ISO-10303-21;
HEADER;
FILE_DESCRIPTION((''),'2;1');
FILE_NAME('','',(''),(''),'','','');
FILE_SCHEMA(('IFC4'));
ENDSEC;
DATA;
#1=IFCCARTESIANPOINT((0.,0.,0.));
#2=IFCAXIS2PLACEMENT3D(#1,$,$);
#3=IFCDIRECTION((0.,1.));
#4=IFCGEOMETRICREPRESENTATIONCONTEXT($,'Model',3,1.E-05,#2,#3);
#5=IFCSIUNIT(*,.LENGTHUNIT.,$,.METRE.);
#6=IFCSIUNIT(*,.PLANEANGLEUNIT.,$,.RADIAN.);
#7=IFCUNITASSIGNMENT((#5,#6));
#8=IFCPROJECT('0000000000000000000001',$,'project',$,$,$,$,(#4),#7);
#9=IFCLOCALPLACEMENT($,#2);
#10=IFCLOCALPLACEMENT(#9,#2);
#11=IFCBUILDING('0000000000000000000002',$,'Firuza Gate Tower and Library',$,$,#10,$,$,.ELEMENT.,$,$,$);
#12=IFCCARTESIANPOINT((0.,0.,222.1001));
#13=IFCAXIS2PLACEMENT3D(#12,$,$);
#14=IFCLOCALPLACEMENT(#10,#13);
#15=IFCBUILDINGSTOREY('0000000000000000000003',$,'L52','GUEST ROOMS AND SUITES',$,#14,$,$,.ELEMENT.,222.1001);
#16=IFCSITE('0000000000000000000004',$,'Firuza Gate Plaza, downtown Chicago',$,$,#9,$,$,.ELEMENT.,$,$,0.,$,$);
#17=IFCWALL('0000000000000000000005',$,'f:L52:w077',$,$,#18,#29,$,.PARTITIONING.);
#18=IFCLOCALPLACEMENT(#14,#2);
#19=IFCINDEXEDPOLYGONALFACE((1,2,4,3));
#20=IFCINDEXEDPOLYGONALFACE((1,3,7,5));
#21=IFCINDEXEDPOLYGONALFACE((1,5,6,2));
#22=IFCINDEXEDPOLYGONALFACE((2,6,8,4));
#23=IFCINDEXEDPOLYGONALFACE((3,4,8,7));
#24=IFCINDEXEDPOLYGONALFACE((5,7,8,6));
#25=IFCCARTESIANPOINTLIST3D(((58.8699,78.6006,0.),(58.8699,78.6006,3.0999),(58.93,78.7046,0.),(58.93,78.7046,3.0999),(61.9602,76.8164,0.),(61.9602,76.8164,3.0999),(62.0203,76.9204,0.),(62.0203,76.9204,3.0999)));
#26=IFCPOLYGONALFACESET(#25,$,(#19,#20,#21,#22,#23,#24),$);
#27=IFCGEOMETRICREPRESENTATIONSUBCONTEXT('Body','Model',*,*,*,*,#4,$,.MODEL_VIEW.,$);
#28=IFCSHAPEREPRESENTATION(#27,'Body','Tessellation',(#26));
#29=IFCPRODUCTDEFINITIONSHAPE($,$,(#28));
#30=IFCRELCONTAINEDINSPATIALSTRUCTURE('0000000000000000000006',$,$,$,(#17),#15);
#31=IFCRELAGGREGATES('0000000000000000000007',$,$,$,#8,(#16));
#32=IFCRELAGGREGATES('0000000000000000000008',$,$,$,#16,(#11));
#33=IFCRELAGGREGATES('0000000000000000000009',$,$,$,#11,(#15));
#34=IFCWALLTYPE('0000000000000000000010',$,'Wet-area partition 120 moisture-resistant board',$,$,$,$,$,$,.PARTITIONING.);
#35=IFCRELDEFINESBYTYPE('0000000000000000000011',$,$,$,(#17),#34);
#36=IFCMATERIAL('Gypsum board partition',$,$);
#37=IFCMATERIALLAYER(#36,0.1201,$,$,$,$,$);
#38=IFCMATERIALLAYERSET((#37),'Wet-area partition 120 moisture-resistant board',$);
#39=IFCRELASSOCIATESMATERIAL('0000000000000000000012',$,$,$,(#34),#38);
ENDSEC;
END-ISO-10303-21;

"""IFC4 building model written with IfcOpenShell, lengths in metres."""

from ifc_helpers import new_model, si_unit, direction, frame, frame_2d, origin, place, context, subcontext, project, spatial, rectangle, extrude, material, layer, layer_set, type_object, element, save


model = new_model("IFC4")

# Units and contexts
model_context = context("Model", 3, precision=1e-05, world=origin(), true_north=direction((0.0, 1.0)))
body_context = subcontext(model_context, "Body", "Model", "MODEL_VIEW")
ifc_project = project(units=[si_unit("LENGTHUNIT", "METRE"), si_unit("PLANEANGLEUNIT", "RADIAN")], contexts=[model_context])

# Site, building, storey
site_placement = place(None, origin())
site = spatial("IfcSite", under=ifc_project, at=site_placement, Name="Firuza Gate Plaza, downtown Chicago", CompositionType="ELEMENT", RefElevation=0.0)
building_placement = place(site_placement, origin())
building = spatial("IfcBuilding", under=site, at=building_placement, Name="Firuza Gate Tower and Library", CompositionType="ELEMENT")
storey_placement = place(building_placement, frame((0.0, 0.0, 222.1001)))
storey = spatial("IfcBuildingStorey", under=building, at=storey_placement, Name="L52", Description="GUEST ROOMS AND SUITES", CompositionType="ELEMENT", Elevation=222.1001)

# Wall
ifc_material_1 = material(Name="Gypsum board partition")
ifc_layer_1 = layer(ifc_material_1, 0.1201)
ifc_layer_set_1 = layer_set([ifc_layer_1], Name="Wet-area partition 120 moisture-resistant board")
wall_type_1 = type_object("IfcWallType", Name="Wet-area partition 120 moisture-resistant board", PredefinedType="PARTITIONING", material=ifc_layer_set_1)
wall_1_placement = place(storey_placement, frame((61.9902, 76.8684, 0.0), z_axis=(0.0, 0.0, 1.0), x_axis=(-0.866028, 0.499995, 0.0)))
element("IfcWall", 1, at=wall_1_placement, inside=storey, type_object=wall_type_1, Name="f:L52:w077", PredefinedType="PARTITIONING", context=body_context, shape_type="SweptSolid", body=[
    extrude(rectangle(XDim=3.5684, YDim=0.1201, at=frame_2d((1.7842, 0.0))), origin(), (0.0, 0.0, 1.0), 3.0999),
])

save(model, "model.ifc")
